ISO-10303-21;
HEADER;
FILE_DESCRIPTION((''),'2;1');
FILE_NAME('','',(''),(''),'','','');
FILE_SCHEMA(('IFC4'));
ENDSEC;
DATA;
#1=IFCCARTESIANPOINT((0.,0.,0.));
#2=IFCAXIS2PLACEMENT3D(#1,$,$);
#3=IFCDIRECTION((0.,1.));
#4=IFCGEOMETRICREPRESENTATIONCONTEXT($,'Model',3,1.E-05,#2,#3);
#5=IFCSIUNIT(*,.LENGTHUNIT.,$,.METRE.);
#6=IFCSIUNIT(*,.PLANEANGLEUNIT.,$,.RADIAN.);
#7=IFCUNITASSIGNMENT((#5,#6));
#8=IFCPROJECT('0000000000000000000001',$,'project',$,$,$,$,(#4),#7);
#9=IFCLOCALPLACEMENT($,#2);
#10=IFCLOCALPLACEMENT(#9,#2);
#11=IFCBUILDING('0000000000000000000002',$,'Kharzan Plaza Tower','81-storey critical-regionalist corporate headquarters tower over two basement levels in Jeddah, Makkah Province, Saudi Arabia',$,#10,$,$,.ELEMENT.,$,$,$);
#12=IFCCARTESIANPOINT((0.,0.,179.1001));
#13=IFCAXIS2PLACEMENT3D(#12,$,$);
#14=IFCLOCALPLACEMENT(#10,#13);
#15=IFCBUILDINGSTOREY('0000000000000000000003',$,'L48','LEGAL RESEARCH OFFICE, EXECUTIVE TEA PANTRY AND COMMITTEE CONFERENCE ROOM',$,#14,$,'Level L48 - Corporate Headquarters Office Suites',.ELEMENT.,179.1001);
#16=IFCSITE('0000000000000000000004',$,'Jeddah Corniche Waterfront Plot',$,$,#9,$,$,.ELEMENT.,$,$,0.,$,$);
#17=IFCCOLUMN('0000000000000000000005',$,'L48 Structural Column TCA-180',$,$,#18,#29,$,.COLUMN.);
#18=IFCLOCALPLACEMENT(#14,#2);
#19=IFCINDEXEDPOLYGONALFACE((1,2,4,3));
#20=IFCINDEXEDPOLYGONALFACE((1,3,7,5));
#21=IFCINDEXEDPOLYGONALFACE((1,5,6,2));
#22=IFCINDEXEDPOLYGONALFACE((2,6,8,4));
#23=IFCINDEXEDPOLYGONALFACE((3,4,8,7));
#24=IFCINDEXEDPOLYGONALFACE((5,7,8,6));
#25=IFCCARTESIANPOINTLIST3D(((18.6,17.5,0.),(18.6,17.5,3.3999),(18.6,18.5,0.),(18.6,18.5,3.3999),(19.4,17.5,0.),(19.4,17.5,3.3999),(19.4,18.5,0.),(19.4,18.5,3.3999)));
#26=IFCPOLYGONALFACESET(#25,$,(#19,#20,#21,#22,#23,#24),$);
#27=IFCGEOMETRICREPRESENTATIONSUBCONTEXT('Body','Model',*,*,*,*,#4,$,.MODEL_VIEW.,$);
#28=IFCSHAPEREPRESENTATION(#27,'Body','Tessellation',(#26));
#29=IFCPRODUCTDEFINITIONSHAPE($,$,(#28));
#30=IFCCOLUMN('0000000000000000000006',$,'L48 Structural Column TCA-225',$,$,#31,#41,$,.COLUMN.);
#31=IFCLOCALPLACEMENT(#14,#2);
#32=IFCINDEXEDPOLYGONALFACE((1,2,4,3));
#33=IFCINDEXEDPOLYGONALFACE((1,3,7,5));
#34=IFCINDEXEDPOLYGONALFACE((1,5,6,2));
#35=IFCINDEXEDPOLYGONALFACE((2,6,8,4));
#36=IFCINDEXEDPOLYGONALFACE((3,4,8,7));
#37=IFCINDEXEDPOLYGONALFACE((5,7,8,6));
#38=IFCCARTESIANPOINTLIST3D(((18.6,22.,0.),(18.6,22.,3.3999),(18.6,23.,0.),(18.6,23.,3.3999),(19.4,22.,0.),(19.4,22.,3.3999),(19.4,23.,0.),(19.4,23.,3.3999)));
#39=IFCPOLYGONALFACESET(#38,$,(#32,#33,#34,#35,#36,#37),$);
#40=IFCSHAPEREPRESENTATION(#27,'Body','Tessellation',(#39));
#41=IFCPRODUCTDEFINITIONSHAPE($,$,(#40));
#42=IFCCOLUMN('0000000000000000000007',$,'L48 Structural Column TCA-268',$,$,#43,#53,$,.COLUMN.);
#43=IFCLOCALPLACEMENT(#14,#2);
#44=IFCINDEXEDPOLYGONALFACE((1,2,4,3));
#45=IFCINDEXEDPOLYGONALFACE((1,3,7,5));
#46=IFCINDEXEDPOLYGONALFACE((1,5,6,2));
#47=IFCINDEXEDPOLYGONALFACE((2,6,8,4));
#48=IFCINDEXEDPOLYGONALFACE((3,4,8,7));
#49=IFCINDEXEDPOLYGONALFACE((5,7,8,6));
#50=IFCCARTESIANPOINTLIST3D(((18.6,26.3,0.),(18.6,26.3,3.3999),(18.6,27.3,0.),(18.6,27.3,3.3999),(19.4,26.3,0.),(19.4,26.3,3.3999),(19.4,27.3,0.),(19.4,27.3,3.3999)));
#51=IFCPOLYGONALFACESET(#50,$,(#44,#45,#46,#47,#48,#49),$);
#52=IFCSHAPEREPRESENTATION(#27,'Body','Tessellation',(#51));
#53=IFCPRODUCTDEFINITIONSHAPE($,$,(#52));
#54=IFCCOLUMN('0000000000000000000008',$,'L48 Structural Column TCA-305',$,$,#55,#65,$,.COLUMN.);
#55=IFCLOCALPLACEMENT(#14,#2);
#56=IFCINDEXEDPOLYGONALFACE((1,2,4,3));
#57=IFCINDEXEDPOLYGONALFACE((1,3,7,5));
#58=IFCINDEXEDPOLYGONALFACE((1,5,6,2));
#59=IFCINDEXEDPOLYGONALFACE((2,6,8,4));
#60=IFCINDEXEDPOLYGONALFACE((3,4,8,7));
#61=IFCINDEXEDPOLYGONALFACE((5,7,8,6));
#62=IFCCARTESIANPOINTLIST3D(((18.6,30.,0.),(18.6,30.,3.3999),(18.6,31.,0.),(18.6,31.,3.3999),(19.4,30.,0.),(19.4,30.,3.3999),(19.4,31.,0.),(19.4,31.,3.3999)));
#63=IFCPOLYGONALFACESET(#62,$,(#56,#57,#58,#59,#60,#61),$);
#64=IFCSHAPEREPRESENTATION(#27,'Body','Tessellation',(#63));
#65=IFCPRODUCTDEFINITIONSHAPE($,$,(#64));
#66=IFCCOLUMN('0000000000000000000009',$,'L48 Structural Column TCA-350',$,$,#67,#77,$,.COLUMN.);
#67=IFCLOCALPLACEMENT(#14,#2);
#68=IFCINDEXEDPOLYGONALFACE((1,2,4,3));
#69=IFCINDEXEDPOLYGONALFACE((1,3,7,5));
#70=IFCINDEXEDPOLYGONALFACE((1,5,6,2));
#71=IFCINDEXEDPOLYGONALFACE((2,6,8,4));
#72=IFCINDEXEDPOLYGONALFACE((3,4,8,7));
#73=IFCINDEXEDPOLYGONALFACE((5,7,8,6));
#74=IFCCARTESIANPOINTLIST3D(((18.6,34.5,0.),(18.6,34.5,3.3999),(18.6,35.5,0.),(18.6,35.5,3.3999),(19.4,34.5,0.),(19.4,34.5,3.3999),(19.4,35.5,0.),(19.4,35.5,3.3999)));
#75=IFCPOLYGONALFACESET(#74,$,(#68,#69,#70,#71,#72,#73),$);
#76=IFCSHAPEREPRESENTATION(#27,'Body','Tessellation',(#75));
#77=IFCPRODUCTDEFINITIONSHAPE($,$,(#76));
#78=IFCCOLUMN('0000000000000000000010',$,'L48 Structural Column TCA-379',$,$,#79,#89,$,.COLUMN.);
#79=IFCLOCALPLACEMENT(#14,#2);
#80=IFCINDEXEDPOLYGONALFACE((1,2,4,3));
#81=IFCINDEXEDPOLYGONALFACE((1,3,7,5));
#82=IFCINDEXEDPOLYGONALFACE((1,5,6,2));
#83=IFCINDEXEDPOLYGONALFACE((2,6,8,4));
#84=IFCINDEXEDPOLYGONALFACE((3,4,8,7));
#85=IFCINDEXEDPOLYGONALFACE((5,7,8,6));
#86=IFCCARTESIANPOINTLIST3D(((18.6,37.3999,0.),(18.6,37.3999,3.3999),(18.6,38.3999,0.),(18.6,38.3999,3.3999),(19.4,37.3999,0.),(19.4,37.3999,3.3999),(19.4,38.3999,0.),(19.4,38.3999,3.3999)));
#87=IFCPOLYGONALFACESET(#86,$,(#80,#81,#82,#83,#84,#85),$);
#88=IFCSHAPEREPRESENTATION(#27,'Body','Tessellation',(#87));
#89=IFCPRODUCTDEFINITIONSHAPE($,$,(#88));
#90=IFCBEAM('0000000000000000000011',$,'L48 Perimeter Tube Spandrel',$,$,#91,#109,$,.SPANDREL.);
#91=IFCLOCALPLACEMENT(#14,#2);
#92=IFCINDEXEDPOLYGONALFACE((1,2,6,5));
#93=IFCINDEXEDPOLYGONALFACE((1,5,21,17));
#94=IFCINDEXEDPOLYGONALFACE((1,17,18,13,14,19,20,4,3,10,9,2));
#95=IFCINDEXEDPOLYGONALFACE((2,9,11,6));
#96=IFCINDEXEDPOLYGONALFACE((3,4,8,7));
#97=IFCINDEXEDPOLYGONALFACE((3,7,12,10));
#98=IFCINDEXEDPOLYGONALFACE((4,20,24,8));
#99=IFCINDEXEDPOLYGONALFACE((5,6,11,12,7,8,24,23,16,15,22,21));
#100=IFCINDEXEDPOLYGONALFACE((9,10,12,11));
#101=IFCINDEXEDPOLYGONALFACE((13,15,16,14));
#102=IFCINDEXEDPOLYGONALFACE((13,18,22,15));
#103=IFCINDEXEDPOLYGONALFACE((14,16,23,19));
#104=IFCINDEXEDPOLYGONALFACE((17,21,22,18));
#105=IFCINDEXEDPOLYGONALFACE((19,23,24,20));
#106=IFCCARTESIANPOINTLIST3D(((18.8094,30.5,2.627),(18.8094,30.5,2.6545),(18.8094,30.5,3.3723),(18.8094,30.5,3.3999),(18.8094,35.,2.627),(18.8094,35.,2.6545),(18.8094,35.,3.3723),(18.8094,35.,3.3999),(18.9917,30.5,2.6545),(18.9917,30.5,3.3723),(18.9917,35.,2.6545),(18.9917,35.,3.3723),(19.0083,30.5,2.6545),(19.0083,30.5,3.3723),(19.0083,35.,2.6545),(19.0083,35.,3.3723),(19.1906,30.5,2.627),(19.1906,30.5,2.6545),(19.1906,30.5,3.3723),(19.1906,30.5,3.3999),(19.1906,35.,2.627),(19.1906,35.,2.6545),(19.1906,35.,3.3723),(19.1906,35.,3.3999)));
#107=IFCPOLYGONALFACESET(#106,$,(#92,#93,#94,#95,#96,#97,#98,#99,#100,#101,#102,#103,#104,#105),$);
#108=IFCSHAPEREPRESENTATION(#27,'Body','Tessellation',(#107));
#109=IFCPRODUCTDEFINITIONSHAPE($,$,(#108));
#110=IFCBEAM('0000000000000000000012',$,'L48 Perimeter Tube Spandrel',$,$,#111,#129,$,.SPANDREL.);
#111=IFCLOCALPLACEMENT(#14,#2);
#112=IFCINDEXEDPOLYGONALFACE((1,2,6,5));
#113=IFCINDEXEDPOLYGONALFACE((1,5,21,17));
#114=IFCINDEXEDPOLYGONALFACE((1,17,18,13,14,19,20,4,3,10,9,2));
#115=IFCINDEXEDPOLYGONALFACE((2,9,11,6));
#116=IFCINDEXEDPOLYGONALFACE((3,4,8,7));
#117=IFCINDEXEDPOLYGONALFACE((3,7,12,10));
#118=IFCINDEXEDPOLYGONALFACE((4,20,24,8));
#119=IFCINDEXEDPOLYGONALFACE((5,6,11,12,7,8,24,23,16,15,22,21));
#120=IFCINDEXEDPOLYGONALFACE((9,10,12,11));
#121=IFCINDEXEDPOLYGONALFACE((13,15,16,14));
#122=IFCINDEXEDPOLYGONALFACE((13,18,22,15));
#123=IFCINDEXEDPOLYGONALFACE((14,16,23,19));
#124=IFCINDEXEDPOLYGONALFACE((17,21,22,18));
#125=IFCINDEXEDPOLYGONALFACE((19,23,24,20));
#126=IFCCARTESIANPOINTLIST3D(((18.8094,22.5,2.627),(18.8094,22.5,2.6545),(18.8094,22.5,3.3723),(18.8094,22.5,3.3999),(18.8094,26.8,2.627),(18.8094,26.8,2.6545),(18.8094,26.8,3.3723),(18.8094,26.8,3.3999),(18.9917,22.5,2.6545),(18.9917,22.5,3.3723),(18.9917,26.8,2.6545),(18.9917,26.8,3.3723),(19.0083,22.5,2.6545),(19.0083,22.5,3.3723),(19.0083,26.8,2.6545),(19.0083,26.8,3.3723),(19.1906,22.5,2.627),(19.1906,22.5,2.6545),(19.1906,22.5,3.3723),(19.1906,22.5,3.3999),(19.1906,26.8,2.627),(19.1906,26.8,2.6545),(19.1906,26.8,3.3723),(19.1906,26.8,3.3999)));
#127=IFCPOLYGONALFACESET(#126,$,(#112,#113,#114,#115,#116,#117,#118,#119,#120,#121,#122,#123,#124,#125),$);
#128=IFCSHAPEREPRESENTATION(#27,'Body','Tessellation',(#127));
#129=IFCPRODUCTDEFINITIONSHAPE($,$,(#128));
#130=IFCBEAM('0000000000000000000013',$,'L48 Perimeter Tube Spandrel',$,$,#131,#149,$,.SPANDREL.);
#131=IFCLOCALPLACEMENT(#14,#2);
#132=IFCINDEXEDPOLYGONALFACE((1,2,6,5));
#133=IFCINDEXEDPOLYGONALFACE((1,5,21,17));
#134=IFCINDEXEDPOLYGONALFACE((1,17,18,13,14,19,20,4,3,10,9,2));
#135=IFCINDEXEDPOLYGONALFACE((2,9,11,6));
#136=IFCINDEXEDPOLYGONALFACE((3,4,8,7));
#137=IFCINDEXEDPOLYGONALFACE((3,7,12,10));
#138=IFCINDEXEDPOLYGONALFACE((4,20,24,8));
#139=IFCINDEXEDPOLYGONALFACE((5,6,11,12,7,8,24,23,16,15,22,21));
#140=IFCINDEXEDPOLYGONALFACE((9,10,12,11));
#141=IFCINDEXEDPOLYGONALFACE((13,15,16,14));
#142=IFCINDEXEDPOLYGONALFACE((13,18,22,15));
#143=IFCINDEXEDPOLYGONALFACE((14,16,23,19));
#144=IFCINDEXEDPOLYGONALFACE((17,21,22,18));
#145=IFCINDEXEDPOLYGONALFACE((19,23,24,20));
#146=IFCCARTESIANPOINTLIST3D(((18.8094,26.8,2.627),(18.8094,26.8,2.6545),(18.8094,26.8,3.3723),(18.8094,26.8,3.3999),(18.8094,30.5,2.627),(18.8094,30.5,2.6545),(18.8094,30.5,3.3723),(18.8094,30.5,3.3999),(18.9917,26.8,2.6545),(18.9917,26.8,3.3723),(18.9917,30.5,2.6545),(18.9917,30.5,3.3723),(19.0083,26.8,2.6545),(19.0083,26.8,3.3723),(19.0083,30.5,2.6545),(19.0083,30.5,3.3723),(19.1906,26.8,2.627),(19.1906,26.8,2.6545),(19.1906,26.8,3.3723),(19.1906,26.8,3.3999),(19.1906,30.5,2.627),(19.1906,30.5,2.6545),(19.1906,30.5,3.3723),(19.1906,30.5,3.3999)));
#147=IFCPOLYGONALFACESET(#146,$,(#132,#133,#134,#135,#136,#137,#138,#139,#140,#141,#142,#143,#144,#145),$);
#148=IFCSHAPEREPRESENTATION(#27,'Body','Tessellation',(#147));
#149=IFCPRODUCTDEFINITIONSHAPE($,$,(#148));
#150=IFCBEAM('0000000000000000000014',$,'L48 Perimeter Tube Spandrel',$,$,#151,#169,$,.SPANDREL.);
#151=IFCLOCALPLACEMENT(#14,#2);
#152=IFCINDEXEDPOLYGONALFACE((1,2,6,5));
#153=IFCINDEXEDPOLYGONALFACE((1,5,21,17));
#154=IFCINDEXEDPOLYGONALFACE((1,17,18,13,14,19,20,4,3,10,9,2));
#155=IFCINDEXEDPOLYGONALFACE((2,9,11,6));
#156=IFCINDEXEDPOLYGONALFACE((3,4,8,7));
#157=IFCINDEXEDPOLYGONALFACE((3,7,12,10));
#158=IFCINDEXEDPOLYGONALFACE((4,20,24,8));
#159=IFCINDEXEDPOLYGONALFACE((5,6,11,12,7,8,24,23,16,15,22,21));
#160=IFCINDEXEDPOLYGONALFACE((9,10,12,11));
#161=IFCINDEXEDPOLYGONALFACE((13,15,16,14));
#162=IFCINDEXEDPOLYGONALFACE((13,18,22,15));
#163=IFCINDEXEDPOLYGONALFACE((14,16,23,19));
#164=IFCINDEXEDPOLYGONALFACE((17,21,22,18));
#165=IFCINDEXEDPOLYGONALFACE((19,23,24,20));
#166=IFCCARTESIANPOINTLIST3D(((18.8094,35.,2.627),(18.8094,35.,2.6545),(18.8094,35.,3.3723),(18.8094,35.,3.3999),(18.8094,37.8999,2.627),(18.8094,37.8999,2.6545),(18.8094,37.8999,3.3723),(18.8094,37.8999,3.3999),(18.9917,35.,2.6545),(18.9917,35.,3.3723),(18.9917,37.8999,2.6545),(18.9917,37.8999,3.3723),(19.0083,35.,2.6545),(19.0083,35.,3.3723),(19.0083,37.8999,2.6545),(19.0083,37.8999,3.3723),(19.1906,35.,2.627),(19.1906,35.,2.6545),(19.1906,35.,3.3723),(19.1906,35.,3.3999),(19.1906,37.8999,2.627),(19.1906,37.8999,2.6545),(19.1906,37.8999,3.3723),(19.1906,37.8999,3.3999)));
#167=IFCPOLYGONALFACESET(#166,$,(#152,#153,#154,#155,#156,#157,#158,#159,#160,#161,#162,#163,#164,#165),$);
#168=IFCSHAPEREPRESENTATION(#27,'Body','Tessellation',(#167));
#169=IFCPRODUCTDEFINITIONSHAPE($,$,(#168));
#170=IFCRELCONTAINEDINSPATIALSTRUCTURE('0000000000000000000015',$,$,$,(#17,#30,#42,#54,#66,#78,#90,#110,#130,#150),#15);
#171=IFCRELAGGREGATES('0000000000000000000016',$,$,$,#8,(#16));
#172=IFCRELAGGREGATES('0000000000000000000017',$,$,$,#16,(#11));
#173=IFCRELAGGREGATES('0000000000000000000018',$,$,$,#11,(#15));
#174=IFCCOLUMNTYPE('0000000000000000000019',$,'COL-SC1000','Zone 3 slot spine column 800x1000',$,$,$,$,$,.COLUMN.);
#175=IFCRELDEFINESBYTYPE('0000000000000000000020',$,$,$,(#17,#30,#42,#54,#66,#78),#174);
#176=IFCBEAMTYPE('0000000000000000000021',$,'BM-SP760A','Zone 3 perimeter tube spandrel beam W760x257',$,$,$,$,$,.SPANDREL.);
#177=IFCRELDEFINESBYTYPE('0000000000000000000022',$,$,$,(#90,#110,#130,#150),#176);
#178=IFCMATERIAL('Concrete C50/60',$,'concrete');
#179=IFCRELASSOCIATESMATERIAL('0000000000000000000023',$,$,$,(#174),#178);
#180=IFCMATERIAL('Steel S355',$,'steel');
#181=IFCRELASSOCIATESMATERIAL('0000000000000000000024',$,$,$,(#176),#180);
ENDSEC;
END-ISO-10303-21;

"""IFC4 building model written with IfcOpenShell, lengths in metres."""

from ifc_helpers import new_model, si_unit, direction, frame, origin, origin_2d, place, context, subcontext, project, spatial, rectangle, i_section, extrude, source, transform, mapped, material, material_profile, profile_set, type_object, element, save


model = new_model("IFC4")

# Units and contexts
model_context = context("Model", 3, precision=1e-05, world=origin(), true_north=direction((0.0, 1.0)))
body_context = subcontext(model_context, "Body", "Model", "MODEL_VIEW")
ifc_project = project(units=[si_unit("LENGTHUNIT", "METRE"), si_unit("PLANEANGLEUNIT", "RADIAN")], contexts=[model_context])

# Site, building, storey
site_placement = place(None, origin())
site = spatial("IfcSite", under=ifc_project, at=site_placement, Name="Jeddah Corniche Waterfront Plot", CompositionType="ELEMENT", RefElevation=0.0)
building_placement = place(site_placement, origin())
building = spatial("IfcBuilding", under=site, at=building_placement, Name="Kharzan Plaza Tower", Description="81-storey critical-regionalist corporate headquarters tower over two basement levels in Jeddah, Makkah Province, Saudi Arabia", CompositionType="ELEMENT")
storey_placement = place(building_placement, frame((0.0, 0.0, 179.1001)))
storey = spatial("IfcBuildingStorey", under=building, at=storey_placement, Name="L48", Description="LEGAL RESEARCH OFFICE, EXECUTIVE TEA PANTRY AND COMMITTEE CONFERENCE ROOM", LongName="Level L48 - Corporate Headquarters Office Suites", CompositionType="ELEMENT", Elevation=179.1001)

# Columns
ifc_material_1 = material(Name="Concrete C50/60", Category="concrete")
ifc_material_profile_1 = material_profile(ifc_material_1, rectangle(XDim=0.8, YDim=1.0, at=origin_2d()), Name="RC-SC1000x800")
ifc_profile_set_1 = profile_set([ifc_material_profile_1], Name="Concrete C50/60")
column_type = type_object("IfcColumnType", Name="COL-SC1000", Description="Zone 3 slot spine column 800x1000", PredefinedType="COLUMN", material=ifc_profile_set_1)
shared_shape_1 = source(origin(), body_context, "Body", "SweptSolid", [
    extrude(rectangle(XDim=0.8, YDim=1.0, at=origin_2d()), origin(), (0.0, 0.0, 1.0), 3.3999),
])
for number, where, z_axis, x_axis, name in (
    (1, (19.0, 18.0, 0.0), (0.0, 0.0, 1.0), (1.0, 0.0, 0.0), "L48 Structural Column TCA-180"),
    (2, (19.0, 22.5, 0.0), (0.0, 0.0, 1.0), (1.0, 0.0, 0.0), "L48 Structural Column TCA-225"),
    (3, (19.0, 26.8, 0.0), (0.0, 0.0, 1.0), (1.0, 0.0, 0.0), "L48 Structural Column TCA-268"),
    (4, (19.0, 30.5, 0.0), (0.0, 0.0, 1.0), (1.0, 0.0, 0.0), "L48 Structural Column TCA-305"),
    (5, (19.0, 35.0, 0.0), (0.0, 0.0, 1.0), (1.0, 0.0, 0.0), "L48 Structural Column TCA-350"),
    (6, (19.0, 37.8999, 0.0), (0.0, 0.0, 1.0), (1.0, 0.0, 0.0), "L48 Structural Column TCA-379"),
):
    element("IfcColumn", number, at=place(storey_placement, frame(where, z_axis=z_axis, x_axis=x_axis)), inside=storey, type_object=column_type, Name=name, PredefinedType="COLUMN", context=body_context, shape_type="MappedRepresentation", body=[
        mapped(shared_shape_1, transform((0.0, 0.0, 0.0), x_axis=(1.0, 0.0, 0.0), y_axis=(0.0, 1.0, 0.0), z_axis=(0.0, 0.0, 1.0))),
    ])

# Beams
ifc_material_2 = material(Name="Steel S355", Category="steel")
ifc_material_profile_2 = material_profile(ifc_material_2, i_section(OverallWidth=0.3811, OverallDepth=0.7729, WebThickness=0.0166, FlangeThickness=0.0276, at=origin_2d()), Name="W760x257")
ifc_profile_set_2 = profile_set([ifc_material_profile_2], Name="Steel S355")
beam_type = type_object("IfcBeamType", Name="BM-SP760A", Description="Zone 3 perimeter tube spandrel beam W760x257", PredefinedType="SPANDREL", material=ifc_profile_set_2)
shared_shape_2 = source(origin(), body_context, "Body", "SweptSolid", [
    extrude(i_section(OverallWidth=0.3811, OverallDepth=0.7729, WebThickness=0.0166, FlangeThickness=0.0276, at=origin_2d()), origin(), (0.0, 0.0, 1.0), 4.5),
])
beam_1_placement = place(storey_placement, frame((19.0, 30.5, 3.0134), z_axis=(0.0, 1.0, 0.0), x_axis=(-1.0, 0.0, 0.0)))
element("IfcBeam", 7, at=beam_1_placement, inside=storey, type_object=beam_type, Name="L48 Perimeter Tube Spandrel", PredefinedType="SPANDREL", context=body_context, shape_type="MappedRepresentation", body=[
    mapped(shared_shape_2, transform((0.0, 0.0, 0.0), x_axis=(1.0, 0.0, 0.0), y_axis=(0.0, 1.0, 0.0), z_axis=(0.0, 0.0, 1.0))),
])
shared_shape_3 = source(origin(), body_context, "Body", "SweptSolid", [
    extrude(i_section(OverallWidth=0.3811, OverallDepth=0.7729, WebThickness=0.0166, FlangeThickness=0.0276, at=origin_2d()), origin(), (0.0, 0.0, 1.0), 4.3),
])
beam_2_placement = place(storey_placement, frame((19.0, 22.5, 3.0134), z_axis=(0.0, 1.0, 0.0), x_axis=(-1.0, 0.0, 0.0)))
element("IfcBeam", 8, at=beam_2_placement, inside=storey, type_object=beam_type, Name="L48 Perimeter Tube Spandrel", PredefinedType="SPANDREL", context=body_context, shape_type="MappedRepresentation", body=[
    mapped(shared_shape_3, transform((0.0, 0.0, 0.0), x_axis=(1.0, 0.0, 0.0), y_axis=(0.0, 1.0, 0.0), z_axis=(0.0, 0.0, 1.0))),
])
shared_shape_4 = source(origin(), body_context, "Body", "SweptSolid", [
    extrude(i_section(OverallWidth=0.3811, OverallDepth=0.7729, WebThickness=0.0166, FlangeThickness=0.0276, at=origin_2d()), origin(), (0.0, 0.0, 1.0), 3.7),
])
beam_3_placement = place(storey_placement, frame((19.0, 26.8, 3.0134), z_axis=(0.0, 1.0, 0.0), x_axis=(-1.0, 0.0, 0.0)))
element("IfcBeam", 9, at=beam_3_placement, inside=storey, type_object=beam_type, Name="L48 Perimeter Tube Spandrel", PredefinedType="SPANDREL", context=body_context, shape_type="MappedRepresentation", body=[
    mapped(shared_shape_4, transform((0.0, 0.0, 0.0), x_axis=(1.0, 0.0, 0.0), y_axis=(0.0, 1.0, 0.0), z_axis=(0.0, 0.0, 1.0))),
])
shared_shape_5 = source(origin(), body_context, "Body", "SweptSolid", [
    extrude(i_section(OverallWidth=0.3811, OverallDepth=0.7729, WebThickness=0.0166, FlangeThickness=0.0276, at=origin_2d()), origin(), (0.0, 0.0, 1.0), 2.8999),
])
beam_4_placement = place(storey_placement, frame((19.0, 35.0, 3.0134), z_axis=(0.0, 1.0, 0.0), x_axis=(-1.0, 0.0, 0.0)))
element("IfcBeam", 10, at=beam_4_placement, inside=storey, type_object=beam_type, Name="L48 Perimeter Tube Spandrel", PredefinedType="SPANDREL", context=body_context, shape_type="MappedRepresentation", body=[
    mapped(shared_shape_5, transform((0.0, 0.0, 0.0), x_axis=(1.0, 0.0, 0.0), y_axis=(0.0, 1.0, 0.0), z_axis=(0.0, 0.0, 1.0))),
])

save(model, "model.ifc")
